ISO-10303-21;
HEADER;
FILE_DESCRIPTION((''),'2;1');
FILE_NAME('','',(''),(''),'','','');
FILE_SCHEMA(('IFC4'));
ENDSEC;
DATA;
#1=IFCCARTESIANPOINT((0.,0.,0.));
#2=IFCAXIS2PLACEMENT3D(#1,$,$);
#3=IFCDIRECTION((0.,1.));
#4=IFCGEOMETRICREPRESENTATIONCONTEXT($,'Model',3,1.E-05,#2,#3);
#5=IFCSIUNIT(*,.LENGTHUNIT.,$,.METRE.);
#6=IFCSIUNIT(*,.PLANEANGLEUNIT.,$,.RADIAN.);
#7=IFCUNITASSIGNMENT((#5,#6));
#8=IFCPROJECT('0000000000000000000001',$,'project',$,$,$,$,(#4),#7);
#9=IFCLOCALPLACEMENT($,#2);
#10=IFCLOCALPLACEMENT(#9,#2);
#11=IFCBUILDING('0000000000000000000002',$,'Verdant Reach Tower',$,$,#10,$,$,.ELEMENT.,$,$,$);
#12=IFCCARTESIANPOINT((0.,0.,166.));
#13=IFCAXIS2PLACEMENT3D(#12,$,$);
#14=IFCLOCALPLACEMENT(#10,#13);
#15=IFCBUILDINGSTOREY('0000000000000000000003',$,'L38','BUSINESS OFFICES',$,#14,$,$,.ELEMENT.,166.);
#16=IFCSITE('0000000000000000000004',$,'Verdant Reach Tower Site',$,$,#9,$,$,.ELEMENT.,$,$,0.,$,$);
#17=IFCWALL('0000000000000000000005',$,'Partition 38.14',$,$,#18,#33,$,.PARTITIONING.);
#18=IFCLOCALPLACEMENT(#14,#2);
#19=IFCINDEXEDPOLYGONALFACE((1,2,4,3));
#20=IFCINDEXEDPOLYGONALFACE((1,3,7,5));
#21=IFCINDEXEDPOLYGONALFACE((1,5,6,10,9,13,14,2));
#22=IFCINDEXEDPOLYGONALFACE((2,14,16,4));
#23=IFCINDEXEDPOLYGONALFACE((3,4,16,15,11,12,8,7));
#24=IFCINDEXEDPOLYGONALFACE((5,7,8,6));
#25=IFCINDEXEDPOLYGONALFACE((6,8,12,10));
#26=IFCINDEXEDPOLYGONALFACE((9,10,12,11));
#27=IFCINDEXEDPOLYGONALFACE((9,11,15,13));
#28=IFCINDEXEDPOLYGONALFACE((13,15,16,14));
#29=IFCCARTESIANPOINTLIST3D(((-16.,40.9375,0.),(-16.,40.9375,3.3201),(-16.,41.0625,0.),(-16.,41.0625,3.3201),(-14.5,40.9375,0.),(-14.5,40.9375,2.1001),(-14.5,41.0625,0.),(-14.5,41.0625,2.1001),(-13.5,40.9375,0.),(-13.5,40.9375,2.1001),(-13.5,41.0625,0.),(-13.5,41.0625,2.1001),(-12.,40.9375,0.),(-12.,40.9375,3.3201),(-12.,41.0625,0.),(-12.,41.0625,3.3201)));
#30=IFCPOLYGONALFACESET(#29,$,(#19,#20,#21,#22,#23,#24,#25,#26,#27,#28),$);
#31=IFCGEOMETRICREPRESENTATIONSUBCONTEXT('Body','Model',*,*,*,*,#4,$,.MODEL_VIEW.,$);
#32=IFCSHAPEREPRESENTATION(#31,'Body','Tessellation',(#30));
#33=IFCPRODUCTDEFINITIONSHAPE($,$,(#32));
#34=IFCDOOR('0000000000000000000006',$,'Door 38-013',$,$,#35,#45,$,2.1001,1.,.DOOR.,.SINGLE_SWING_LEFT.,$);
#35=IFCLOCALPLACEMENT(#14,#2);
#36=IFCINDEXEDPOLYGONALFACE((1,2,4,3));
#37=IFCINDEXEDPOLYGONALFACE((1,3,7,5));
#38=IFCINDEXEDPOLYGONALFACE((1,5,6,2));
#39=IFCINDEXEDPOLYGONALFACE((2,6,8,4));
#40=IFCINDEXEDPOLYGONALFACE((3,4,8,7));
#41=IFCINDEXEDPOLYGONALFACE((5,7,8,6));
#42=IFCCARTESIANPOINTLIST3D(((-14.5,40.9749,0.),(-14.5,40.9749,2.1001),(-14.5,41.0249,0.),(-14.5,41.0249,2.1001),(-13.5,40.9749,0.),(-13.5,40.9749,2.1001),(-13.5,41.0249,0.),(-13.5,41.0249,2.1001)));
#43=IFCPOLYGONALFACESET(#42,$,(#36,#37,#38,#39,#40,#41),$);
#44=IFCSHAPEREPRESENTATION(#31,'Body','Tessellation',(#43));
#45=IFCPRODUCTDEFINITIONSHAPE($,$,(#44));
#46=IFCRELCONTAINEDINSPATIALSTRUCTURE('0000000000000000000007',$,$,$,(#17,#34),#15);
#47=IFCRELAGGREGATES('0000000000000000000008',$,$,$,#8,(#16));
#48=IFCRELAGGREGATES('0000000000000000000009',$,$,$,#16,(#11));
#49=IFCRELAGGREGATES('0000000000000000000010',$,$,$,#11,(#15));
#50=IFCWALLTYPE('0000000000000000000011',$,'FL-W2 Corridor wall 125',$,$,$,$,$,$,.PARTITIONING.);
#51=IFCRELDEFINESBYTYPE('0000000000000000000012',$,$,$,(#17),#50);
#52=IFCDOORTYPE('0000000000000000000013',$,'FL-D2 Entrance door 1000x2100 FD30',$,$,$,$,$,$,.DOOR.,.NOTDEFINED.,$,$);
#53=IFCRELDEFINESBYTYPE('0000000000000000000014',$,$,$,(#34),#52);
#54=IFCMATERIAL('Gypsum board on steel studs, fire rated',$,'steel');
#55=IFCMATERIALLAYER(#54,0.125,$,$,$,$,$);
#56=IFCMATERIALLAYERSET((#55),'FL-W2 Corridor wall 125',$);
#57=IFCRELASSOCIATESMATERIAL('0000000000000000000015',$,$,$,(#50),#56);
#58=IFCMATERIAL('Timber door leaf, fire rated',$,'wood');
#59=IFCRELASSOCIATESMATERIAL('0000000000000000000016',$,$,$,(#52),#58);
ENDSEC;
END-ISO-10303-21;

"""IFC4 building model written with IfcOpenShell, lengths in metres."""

from ifc_helpers import new_model, si_unit, direction, frame, frame_2d, origin, place, context, subcontext, project, spatial, rectangle, extrude, material, layer, layer_set, type_object, element, fill, save


model = new_model("IFC4")

# Units and contexts
model_context = context("Model", 3, precision=1e-05, world=origin(), true_north=direction((0.0, 1.0)))
body_context = subcontext(model_context, "Body", "Model", "MODEL_VIEW")
ifc_project = project(units=[si_unit("LENGTHUNIT", "METRE"), si_unit("PLANEANGLEUNIT", "RADIAN")], contexts=[model_context])

# Site, building, storey
site_placement = place(None, origin())
site = spatial("IfcSite", under=ifc_project, at=site_placement, Name="Verdant Reach Tower Site", CompositionType="ELEMENT", RefElevation=0.0)
building_placement = place(site_placement, origin())
building = spatial("IfcBuilding", under=site, at=building_placement, Name="Verdant Reach Tower", CompositionType="ELEMENT")
storey_placement = place(building_placement, frame((0.0, 0.0, 166.0)))
storey = spatial("IfcBuildingStorey", under=building, at=storey_placement, Name="L38", Description="BUSINESS OFFICES", CompositionType="ELEMENT", Elevation=166.0)

# Wall, opening, door
ifc_material_1 = material(Name="Gypsum board on steel studs, fire rated", Category="steel")
ifc_layer_1 = layer(ifc_material_1, 0.125)
ifc_layer_set_1 = layer_set([ifc_layer_1], Name="FL-W2 Corridor wall 125")
wall_type_1 = type_object("IfcWallType", Name="FL-W2 Corridor wall 125", PredefinedType="PARTITIONING", material=ifc_layer_set_1)
ifc_material_2 = material(Name="Timber door leaf, fire rated", Category="wood")
door_type_1 = type_object("IfcDoorType", Name="FL-D2 Entrance door 1000x2100 FD30", OperationType="NOTDEFINED", PredefinedType="DOOR", material=ifc_material_2)
wall_1_placement = place(storey_placement, frame((-16.0, 41.0, 0.0), z_axis=(0.0, 0.0, 1.0), x_axis=(1.0, 0.0, 0.0)))
wall_1 = element("IfcWall", 1, at=wall_1_placement, inside=storey, type_object=wall_type_1, Name="Partition 38.14", PredefinedType="PARTITIONING", context=body_context, shape_type="SweptSolid", body=[
    extrude(rectangle(XDim=4.0, YDim=0.125, at=frame_2d((2.0, 0.0))), origin(), (0.0, 0.0, 1.0), 3.3201),
])
opening_1_placement = place(wall_1_placement, frame((1.5, 0.0, 0.0)))
opening_1 = element("IfcOpeningElement", 2, at=opening_1_placement, cuts=wall_1, PredefinedType="OPENING", context=body_context, shape_type="SweptSolid", body=[
    extrude(rectangle(XDim=1.0, YDim=2.1001, at=frame_2d((0.5, 1.05))), frame((0.0, 0.0725, 0.0), z_axis=(0.0, -1.0, 0.0), x_axis=(1.0, 0.0, 0.0)), (0.0, 0.0, 1.0), 0.145),
])
door_1_placement = place(opening_1_placement, origin())
door_1 = element("IfcDoor", 3, at=door_1_placement, inside=storey, type_object=door_type_1, Name="Door 38-013", OperationType="SINGLE_SWING_LEFT", OverallHeight=2.1001, OverallWidth=1.0, PredefinedType="DOOR", context=body_context, shape_type="SweptSolid", body=[
    extrude(rectangle(XDim=1.0, YDim=2.1001, at=frame_2d((0.5, 1.05))), frame((0.0, 0.0249, 0.0), z_axis=(0.0, -1.0, 0.0), x_axis=(1.0, 0.0, 0.0)), (0.0, 0.0, 1.0), 0.05),
])
fill(opening_1, door_1)

save(model, "model.ifc")
